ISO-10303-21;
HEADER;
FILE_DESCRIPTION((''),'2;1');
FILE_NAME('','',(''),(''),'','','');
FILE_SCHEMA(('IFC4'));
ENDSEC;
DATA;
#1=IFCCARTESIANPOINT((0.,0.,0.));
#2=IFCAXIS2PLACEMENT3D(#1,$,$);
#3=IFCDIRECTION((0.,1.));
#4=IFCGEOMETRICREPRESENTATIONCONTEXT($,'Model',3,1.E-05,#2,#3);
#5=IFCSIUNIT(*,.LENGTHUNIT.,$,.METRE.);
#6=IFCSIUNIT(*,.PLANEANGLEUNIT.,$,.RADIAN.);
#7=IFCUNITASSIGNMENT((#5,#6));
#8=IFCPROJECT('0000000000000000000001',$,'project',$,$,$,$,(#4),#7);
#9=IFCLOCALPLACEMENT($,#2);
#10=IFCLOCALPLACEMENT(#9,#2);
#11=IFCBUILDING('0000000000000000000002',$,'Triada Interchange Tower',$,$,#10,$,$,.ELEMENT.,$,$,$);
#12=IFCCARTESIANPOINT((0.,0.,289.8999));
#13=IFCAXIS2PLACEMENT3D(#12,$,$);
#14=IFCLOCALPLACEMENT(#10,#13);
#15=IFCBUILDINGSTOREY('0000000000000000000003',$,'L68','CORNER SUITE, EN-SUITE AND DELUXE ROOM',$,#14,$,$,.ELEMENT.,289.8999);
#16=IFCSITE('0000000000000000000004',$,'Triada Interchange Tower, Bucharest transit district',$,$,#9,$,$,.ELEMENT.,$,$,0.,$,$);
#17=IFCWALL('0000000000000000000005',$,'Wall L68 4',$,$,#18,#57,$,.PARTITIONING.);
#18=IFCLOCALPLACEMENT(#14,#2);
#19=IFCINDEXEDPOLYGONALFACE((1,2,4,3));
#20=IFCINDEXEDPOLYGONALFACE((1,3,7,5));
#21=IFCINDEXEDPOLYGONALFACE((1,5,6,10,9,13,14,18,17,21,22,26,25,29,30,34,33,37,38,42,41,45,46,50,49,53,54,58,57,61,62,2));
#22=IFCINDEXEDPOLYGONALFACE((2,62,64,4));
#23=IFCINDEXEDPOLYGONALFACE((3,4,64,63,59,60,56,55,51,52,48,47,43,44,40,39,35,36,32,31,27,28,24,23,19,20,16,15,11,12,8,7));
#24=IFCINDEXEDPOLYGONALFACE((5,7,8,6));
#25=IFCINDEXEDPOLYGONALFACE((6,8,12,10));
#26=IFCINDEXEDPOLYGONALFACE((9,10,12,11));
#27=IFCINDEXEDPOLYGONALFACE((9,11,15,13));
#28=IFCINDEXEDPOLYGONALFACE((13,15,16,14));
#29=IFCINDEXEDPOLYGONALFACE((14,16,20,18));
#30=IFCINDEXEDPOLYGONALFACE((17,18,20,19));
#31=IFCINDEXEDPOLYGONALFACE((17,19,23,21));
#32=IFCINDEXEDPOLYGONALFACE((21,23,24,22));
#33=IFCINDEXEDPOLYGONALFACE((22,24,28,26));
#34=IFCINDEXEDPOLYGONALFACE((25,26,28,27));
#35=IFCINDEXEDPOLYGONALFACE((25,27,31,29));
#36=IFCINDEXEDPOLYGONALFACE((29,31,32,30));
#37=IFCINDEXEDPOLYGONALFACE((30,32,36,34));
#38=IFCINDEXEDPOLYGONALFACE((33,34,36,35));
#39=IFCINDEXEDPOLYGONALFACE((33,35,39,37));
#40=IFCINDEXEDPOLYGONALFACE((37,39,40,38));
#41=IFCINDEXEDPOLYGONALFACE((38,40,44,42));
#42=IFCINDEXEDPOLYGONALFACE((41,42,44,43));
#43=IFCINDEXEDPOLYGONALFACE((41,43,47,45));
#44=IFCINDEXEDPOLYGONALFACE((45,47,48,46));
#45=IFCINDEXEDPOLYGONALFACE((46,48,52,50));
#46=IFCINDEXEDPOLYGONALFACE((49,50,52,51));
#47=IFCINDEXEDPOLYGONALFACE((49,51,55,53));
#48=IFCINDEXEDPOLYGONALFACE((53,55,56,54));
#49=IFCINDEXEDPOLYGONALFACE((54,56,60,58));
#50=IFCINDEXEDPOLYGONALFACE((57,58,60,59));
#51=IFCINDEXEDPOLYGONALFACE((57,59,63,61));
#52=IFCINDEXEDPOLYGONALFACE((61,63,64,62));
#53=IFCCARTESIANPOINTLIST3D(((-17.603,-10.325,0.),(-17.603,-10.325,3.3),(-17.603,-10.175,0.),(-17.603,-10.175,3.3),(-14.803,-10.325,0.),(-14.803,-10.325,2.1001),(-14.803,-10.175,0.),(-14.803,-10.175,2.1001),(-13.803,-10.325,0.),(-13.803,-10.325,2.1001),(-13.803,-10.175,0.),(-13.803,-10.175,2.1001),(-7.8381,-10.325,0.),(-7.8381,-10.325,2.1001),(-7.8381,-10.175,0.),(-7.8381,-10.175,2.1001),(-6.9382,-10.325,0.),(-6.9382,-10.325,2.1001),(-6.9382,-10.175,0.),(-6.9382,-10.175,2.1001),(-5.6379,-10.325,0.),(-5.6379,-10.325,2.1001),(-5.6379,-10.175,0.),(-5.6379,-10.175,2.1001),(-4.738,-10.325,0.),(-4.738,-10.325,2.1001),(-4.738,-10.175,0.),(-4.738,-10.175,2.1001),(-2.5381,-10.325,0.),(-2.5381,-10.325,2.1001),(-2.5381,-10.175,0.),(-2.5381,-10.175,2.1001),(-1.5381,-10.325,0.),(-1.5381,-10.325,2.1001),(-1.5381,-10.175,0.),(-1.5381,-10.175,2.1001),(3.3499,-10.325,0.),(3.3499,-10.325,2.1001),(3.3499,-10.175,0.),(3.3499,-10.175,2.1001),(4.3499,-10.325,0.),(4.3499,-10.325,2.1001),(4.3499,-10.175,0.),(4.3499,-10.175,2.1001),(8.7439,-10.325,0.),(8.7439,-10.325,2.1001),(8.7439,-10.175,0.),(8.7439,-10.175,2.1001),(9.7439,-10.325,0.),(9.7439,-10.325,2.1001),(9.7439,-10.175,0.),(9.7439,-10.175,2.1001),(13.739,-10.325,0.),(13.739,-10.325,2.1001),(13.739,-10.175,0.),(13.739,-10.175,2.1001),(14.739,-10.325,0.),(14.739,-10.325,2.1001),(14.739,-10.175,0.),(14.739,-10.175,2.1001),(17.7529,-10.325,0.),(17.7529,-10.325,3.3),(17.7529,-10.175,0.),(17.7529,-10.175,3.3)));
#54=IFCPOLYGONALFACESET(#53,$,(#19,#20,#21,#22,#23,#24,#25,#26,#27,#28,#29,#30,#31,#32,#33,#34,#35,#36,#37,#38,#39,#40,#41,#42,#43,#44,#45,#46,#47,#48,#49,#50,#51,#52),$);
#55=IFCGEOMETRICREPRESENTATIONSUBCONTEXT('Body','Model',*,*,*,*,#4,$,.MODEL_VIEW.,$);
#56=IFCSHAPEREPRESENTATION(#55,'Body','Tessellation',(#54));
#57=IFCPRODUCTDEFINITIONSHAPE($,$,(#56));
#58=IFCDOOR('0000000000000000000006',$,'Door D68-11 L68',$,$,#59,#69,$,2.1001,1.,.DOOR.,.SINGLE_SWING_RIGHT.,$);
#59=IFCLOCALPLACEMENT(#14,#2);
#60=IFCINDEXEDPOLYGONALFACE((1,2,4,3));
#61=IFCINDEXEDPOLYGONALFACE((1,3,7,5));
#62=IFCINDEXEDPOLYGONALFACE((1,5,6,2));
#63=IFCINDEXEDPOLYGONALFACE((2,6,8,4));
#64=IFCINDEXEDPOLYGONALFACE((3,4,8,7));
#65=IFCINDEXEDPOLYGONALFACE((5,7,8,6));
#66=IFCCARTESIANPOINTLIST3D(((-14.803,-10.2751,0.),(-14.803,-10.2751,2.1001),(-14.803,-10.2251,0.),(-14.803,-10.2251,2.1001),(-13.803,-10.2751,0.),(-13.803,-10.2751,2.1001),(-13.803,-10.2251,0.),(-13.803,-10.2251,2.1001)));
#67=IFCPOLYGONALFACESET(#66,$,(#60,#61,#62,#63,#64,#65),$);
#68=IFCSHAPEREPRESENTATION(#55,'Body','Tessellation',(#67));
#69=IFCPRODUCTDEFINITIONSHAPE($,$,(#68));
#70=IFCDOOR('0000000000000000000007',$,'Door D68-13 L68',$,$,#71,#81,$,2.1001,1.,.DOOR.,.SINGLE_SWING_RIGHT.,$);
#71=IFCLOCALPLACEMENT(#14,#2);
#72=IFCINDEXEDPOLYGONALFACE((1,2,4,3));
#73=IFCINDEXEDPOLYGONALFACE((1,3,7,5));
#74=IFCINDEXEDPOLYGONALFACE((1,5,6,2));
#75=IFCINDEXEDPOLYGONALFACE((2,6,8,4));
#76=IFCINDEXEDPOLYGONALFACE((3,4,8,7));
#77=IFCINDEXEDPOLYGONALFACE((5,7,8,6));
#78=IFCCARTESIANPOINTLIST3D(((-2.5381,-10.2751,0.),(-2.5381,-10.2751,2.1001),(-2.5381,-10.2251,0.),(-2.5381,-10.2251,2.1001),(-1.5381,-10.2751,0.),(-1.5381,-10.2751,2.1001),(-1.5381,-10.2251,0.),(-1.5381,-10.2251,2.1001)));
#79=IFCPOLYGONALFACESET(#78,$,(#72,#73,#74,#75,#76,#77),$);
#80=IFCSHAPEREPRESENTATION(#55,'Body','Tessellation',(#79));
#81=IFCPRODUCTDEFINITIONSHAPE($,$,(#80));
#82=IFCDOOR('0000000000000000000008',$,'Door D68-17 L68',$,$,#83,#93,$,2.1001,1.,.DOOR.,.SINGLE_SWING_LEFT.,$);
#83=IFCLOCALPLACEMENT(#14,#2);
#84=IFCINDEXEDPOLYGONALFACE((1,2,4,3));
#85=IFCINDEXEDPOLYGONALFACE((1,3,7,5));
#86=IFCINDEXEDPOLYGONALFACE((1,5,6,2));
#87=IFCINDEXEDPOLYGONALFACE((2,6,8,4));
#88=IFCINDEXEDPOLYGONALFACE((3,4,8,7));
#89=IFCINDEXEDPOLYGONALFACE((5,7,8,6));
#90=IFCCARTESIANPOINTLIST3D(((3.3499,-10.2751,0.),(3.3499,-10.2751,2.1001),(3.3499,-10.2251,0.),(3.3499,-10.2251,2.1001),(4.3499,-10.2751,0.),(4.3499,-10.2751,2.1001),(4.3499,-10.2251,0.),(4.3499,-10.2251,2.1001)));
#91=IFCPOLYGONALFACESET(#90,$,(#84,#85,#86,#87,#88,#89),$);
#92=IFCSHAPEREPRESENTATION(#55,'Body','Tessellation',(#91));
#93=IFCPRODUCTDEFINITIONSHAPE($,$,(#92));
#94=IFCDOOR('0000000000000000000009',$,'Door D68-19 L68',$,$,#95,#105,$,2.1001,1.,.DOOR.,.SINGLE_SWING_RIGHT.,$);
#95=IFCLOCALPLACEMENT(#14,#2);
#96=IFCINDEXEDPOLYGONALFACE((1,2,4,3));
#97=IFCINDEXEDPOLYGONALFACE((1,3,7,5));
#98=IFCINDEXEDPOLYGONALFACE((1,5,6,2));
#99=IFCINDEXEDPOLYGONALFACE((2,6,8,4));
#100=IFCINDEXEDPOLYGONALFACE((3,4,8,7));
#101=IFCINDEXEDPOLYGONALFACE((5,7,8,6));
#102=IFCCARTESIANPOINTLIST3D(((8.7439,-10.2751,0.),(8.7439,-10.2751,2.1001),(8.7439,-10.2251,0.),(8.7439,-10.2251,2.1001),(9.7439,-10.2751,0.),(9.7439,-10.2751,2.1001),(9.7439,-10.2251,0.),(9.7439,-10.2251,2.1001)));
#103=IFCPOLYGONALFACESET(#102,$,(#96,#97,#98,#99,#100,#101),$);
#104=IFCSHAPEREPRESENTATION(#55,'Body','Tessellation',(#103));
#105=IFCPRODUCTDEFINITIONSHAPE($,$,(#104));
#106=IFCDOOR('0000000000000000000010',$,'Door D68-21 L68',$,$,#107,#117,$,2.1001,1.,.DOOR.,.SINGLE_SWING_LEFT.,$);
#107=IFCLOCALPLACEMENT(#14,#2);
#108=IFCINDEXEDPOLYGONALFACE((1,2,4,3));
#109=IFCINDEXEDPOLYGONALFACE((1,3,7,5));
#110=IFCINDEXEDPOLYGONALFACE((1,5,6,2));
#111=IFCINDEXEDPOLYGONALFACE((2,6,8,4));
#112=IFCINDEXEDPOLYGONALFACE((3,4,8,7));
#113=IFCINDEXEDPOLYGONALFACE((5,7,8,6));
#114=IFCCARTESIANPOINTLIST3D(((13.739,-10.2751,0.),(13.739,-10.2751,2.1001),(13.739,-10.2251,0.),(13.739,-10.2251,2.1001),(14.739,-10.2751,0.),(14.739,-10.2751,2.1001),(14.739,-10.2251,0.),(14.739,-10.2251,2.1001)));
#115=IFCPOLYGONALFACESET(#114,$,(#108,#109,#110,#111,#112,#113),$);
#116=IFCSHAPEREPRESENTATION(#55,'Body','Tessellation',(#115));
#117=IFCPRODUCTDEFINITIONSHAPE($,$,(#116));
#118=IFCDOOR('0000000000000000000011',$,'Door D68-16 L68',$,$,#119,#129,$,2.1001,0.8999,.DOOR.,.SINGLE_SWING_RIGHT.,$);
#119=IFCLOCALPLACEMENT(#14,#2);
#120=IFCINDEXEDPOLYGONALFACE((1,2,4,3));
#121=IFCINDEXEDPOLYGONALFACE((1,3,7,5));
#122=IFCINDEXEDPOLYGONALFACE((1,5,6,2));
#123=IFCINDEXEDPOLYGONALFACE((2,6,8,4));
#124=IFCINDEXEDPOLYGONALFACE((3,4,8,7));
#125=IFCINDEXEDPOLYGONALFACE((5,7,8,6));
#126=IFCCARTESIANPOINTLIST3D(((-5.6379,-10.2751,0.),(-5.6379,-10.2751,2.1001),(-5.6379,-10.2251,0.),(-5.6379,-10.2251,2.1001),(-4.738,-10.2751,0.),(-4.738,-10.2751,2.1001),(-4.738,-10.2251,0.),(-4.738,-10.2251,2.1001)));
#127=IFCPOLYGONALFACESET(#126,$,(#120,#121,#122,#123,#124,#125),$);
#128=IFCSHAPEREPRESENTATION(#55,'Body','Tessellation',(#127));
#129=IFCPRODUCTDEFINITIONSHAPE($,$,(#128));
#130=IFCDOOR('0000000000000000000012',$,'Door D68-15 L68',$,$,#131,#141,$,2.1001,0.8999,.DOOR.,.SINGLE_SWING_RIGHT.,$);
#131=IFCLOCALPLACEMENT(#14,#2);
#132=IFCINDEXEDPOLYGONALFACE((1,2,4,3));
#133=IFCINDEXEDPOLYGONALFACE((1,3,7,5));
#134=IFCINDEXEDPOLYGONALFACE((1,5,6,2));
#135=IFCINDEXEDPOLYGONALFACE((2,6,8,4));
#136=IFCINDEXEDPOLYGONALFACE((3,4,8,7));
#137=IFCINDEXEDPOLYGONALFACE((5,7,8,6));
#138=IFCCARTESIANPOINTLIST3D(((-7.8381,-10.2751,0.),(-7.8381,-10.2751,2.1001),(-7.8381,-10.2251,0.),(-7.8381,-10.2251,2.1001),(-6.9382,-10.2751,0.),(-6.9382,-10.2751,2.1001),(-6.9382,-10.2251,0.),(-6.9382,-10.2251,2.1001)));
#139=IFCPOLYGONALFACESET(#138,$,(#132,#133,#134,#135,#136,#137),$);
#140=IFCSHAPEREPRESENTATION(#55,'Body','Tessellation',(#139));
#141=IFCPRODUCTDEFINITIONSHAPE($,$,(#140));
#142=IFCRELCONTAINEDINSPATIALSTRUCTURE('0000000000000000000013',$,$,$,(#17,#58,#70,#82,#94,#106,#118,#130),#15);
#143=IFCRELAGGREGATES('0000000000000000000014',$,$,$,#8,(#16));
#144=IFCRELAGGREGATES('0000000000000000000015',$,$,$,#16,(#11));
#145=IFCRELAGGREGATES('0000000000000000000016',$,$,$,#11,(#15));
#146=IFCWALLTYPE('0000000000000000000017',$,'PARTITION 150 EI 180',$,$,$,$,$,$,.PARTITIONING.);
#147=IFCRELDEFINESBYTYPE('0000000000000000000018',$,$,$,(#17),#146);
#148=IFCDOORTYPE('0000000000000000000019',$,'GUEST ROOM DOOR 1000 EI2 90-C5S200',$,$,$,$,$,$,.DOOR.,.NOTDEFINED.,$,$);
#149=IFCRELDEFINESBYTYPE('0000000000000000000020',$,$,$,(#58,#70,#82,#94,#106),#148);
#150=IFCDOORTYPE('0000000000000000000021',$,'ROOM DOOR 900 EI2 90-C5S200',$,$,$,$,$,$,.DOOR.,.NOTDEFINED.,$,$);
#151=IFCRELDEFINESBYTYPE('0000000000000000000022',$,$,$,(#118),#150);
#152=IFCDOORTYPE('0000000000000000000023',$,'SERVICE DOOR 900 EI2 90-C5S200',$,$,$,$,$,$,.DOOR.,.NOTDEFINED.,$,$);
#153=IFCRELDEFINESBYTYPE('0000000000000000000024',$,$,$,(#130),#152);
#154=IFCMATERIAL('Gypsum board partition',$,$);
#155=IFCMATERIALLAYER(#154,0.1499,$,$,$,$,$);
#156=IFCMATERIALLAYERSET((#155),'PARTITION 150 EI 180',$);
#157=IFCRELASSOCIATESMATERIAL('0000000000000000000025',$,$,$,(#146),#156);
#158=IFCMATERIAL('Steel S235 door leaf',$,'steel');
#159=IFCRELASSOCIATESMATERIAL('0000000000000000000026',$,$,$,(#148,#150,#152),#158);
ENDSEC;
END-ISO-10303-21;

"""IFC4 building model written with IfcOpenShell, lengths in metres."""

from ifc_helpers import new_model, si_unit, direction, frame, frame_2d, origin, place, context, subcontext, project, spatial, rectangle, extrude, material, layer, layer_set, type_object, element, fill, save


model = new_model("IFC4")

# Units and contexts
model_context = context("Model", 3, precision=1e-05, world=origin(), true_north=direction((0.0, 1.0)))
body_context = subcontext(model_context, "Body", "Model", "MODEL_VIEW")
ifc_project = project(units=[si_unit("LENGTHUNIT", "METRE"), si_unit("PLANEANGLEUNIT", "RADIAN")], contexts=[model_context])

# Site, building, storey
site_placement = place(None, origin())
site = spatial("IfcSite", under=ifc_project, at=site_placement, Name="Triada Interchange Tower, Bucharest transit district", CompositionType="ELEMENT", RefElevation=0.0)
building_placement = place(site_placement, origin())
building = spatial("IfcBuilding", under=site, at=building_placement, Name="Triada Interchange Tower", CompositionType="ELEMENT")
storey_placement = place(building_placement, frame((0.0, 0.0, 289.8999)))
storey = spatial("IfcBuildingStorey", under=building, at=storey_placement, Name="L68", Description="CORNER SUITE, EN-SUITE AND DELUXE ROOM", CompositionType="ELEMENT", Elevation=289.8999)

# Wall, openings, doors
ifc_material_1 = material(Name="Gypsum board partition")
ifc_layer = layer(ifc_material_1, 0.1499)
ifc_layer_set = layer_set([ifc_layer], Name="PARTITION 150 EI 180")
wall_type = type_object("IfcWallType", Name="PARTITION 150 EI 180", PredefinedType="PARTITIONING", material=ifc_layer_set)
wall_1_placement = place(storey_placement, frame((-17.603, -10.25, 0.0), z_axis=(0.0, 0.0, 1.0), x_axis=(1.0, 0.0, 0.0)))
wall_1 = element("IfcWall", 1, at=wall_1_placement, inside=storey, type_object=wall_type, Name="Wall L68 4", PredefinedType="PARTITIONING", context=body_context, shape_type="SweptSolid", body=[
    extrude(rectangle(XDim=35.356, YDim=0.1499, at=frame_2d((17.678, 0.0))), origin(), (0.0, 0.0, 1.0), 3.3),
])
opening_1_placement = place(wall_1_placement, frame((2.8, 0.0, 0.0)))
opening_1 = element("IfcOpeningElement", 2, at=opening_1_placement, cuts=wall_1, PredefinedType="OPENING", context=body_context, shape_type="SweptSolid", body=[
    extrude(rectangle(XDim=1.0, YDim=2.1001, at=frame_2d((0.5, 1.05))), frame((0.0, 0.085, 0.0), z_axis=(0.0, -1.0, 0.0), x_axis=(1.0, 0.0, 0.0)), (0.0, 0.0, 1.0), 0.1699),
])
opening_2_placement = place(wall_1_placement, frame((15.0649, 0.0, 0.0)))
opening_2 = element("IfcOpeningElement", 3, at=opening_2_placement, cuts=wall_1, PredefinedType="OPENING", context=body_context, shape_type="SweptSolid", body=[
    extrude(rectangle(XDim=1.0, YDim=2.1001, at=frame_2d((0.5, 1.05))), frame((0.0, 0.085, 0.0), z_axis=(0.0, -1.0, 0.0), x_axis=(1.0, 0.0, 0.0)), (0.0, 0.0, 1.0), 0.1699),
])
opening_3_placement = place(wall_1_placement, frame((9.7649, 0.0, 0.0)))
opening_3 = element("IfcOpeningElement", 4, at=opening_3_placement, cuts=wall_1, PredefinedType="OPENING", context=body_context, shape_type="SweptSolid", body=[
    extrude(rectangle(XDim=0.8999, YDim=2.1001, at=frame_2d((0.45, 1.05))), frame((0.0, 0.085, 0.0), z_axis=(0.0, -1.0, 0.0), x_axis=(1.0, 0.0, 0.0)), (0.0, 0.0, 1.0), 0.1699),
])
opening_4_placement = place(wall_1_placement, frame((11.9651, 0.0, 0.0)))
opening_4 = element("IfcOpeningElement", 5, at=opening_4_placement, cuts=wall_1, PredefinedType="OPENING", context=body_context, shape_type="SweptSolid", body=[
    extrude(rectangle(XDim=0.8999, YDim=2.1001, at=frame_2d((0.45, 1.05))), frame((0.0, 0.085, 0.0), z_axis=(0.0, -1.0, 0.0), x_axis=(1.0, 0.0, 0.0)), (0.0, 0.0, 1.0), 0.1699),
])
opening_5_placement = place(wall_1_placement, frame((20.9529, 0.0, 0.0)))
opening_5 = element("IfcOpeningElement", 6, at=opening_5_placement, cuts=wall_1, PredefinedType="OPENING", context=body_context, shape_type="SweptSolid", body=[
    extrude(rectangle(XDim=1.0, YDim=2.1001, at=frame_2d((0.5, 1.05))), frame((0.0, 0.085, 0.0), z_axis=(0.0, -1.0, 0.0), x_axis=(1.0, 0.0, 0.0)), (0.0, 0.0, 1.0), 0.1699),
])
opening_6_placement = place(wall_1_placement, frame((26.3469, 0.0, 0.0)))
opening_6 = element("IfcOpeningElement", 7, at=opening_6_placement, cuts=wall_1, PredefinedType="OPENING", context=body_context, shape_type="SweptSolid", body=[
    extrude(rectangle(XDim=1.0, YDim=2.1001, at=frame_2d((0.5, 1.05))), frame((0.0, 0.085, 0.0), z_axis=(0.0, -1.0, 0.0), x_axis=(1.0, 0.0, 0.0)), (0.0, 0.0, 1.0), 0.1699),
])
opening_7_placement = place(wall_1_placement, frame((31.342, 0.0, 0.0)))
opening_7 = element("IfcOpeningElement", 8, at=opening_7_placement, cuts=wall_1, PredefinedType="OPENING", context=body_context, shape_type="SweptSolid", body=[
    extrude(rectangle(XDim=1.0, YDim=2.1001, at=frame_2d((0.5, 1.05))), frame((0.0, 0.085, 0.0), z_axis=(0.0, -1.0, 0.0), x_axis=(1.0, 0.0, 0.0)), (0.0, 0.0, 1.0), 0.1699),
])
ifc_material_2 = material(Name="Steel S235 door leaf", Category="steel")
door_type_1 = type_object("IfcDoorType", Name="GUEST ROOM DOOR 1000 EI2 90-C5S200", OperationType="NOTDEFINED", PredefinedType="DOOR", material=ifc_material_2)
door_1_placement = place(opening_1_placement, origin())
door_1 = element("IfcDoor", 9, at=door_1_placement, inside=storey, type_object=door_type_1, Name="Door D68-11 L68", OperationType="SINGLE_SWING_RIGHT", OverallHeight=2.1001, OverallWidth=1.0, PredefinedType="DOOR", context=body_context, shape_type="SweptSolid", body=[
    extrude(rectangle(XDim=1.0, YDim=2.1001, at=frame_2d((0.5, 1.05))), frame((0.0, 0.0249, 0.0), z_axis=(0.0, -1.0, 0.0), x_axis=(1.0, 0.0, 0.0)), (0.0, 0.0, 1.0), 0.05),
])
fill(opening_1, door_1)
door_2_placement = place(opening_2_placement, origin())
door_2 = element("IfcDoor", 10, at=door_2_placement, inside=storey, type_object=door_type_1, Name="Door D68-13 L68", OperationType="SINGLE_SWING_RIGHT", OverallHeight=2.1001, OverallWidth=1.0, PredefinedType="DOOR", context=body_context, shape_type="SweptSolid", body=[
    extrude(rectangle(XDim=1.0, YDim=2.1001, at=frame_2d((0.5, 1.05))), frame((0.0, 0.0249, 0.0), z_axis=(0.0, -1.0, 0.0), x_axis=(1.0, 0.0, 0.0)), (0.0, 0.0, 1.0), 0.05),
])
fill(opening_2, door_2)
door_3_placement = place(opening_5_placement, origin())
door_3 = element("IfcDoor", 11, at=door_3_placement, inside=storey, type_object=door_type_1, Name="Door D68-17 L68", OperationType="SINGLE_SWING_LEFT", OverallHeight=2.1001, OverallWidth=1.0, PredefinedType="DOOR", context=body_context, shape_type="SweptSolid", body=[
    extrude(rectangle(XDim=1.0, YDim=2.1001, at=frame_2d((0.5, 1.05))), frame((0.0, 0.0249, 0.0), z_axis=(0.0, -1.0, 0.0), x_axis=(1.0, 0.0, 0.0)), (0.0, 0.0, 1.0), 0.05),
])
fill(opening_5, door_3)
door_4_placement = place(opening_6_placement, origin())
door_4 = element("IfcDoor", 12, at=door_4_placement, inside=storey, type_object=door_type_1, Name="Door D68-19 L68", OperationType="SINGLE_SWING_RIGHT", OverallHeight=2.1001, OverallWidth=1.0, PredefinedType="DOOR", context=body_context, shape_type="SweptSolid", body=[
    extrude(rectangle(XDim=1.0, YDim=2.1001, at=frame_2d((0.5, 1.05))), frame((0.0, 0.0249, 0.0), z_axis=(0.0, -1.0, 0.0), x_axis=(1.0, 0.0, 0.0)), (0.0, 0.0, 1.0), 0.05),
])
fill(opening_6, door_4)
door_5_placement = place(opening_7_placement, origin())
door_5 = element("IfcDoor", 13, at=door_5_placement, inside=storey, type_object=door_type_1, Name="Door D68-21 L68", OperationType="SINGLE_SWING_LEFT", OverallHeight=2.1001, OverallWidth=1.0, PredefinedType="DOOR", context=body_context, shape_type="SweptSolid", body=[
    extrude(rectangle(XDim=1.0, YDim=2.1001, at=frame_2d((0.5, 1.05))), frame((0.0, 0.0249, 0.0), z_axis=(0.0, -1.0, 0.0), x_axis=(1.0, 0.0, 0.0)), (0.0, 0.0, 1.0), 0.05),
])
fill(opening_7, door_5)
door_type_2 = type_object("IfcDoorType", Name="ROOM DOOR 900 EI2 90-C5S200", OperationType="NOTDEFINED", PredefinedType="DOOR", material=ifc_material_2)
door_6_placement = place(opening_4_placement, origin())
door_6 = element("IfcDoor", 14, at=door_6_placement, inside=storey, type_object=door_type_2, Name="Door D68-16 L68", OperationType="SINGLE_SWING_RIGHT", OverallHeight=2.1001, OverallWidth=0.8999, PredefinedType="DOOR", context=body_context, shape_type="SweptSolid", body=[
    extrude(rectangle(XDim=0.8999, YDim=2.1001, at=frame_2d((0.45, 1.05))), frame((0.0, 0.0249, 0.0), z_axis=(0.0, -1.0, 0.0), x_axis=(1.0, 0.0, 0.0)), (0.0, 0.0, 1.0), 0.05),
])
fill(opening_4, door_6)
door_type_3 = type_object("IfcDoorType", Name="SERVICE DOOR 900 EI2 90-C5S200", OperationType="NOTDEFINED", PredefinedType="DOOR", material=ifc_material_2)
door_7_placement = place(opening_3_placement, origin())
door_7 = element("IfcDoor", 15, at=door_7_placement, inside=storey, type_object=door_type_3, Name="Door D68-15 L68", OperationType="SINGLE_SWING_RIGHT", OverallHeight=2.1001, OverallWidth=0.8999, PredefinedType="DOOR", context=body_context, shape_type="SweptSolid", body=[
    extrude(rectangle(XDim=0.8999, YDim=2.1001, at=frame_2d((0.45, 1.05))), frame((0.0, 0.0249, 0.0), z_axis=(0.0, -1.0, 0.0), x_axis=(1.0, 0.0, 0.0)), (0.0, 0.0, 1.0), 0.05),
])
fill(opening_3, door_7)

save(model, "model.ifc")
